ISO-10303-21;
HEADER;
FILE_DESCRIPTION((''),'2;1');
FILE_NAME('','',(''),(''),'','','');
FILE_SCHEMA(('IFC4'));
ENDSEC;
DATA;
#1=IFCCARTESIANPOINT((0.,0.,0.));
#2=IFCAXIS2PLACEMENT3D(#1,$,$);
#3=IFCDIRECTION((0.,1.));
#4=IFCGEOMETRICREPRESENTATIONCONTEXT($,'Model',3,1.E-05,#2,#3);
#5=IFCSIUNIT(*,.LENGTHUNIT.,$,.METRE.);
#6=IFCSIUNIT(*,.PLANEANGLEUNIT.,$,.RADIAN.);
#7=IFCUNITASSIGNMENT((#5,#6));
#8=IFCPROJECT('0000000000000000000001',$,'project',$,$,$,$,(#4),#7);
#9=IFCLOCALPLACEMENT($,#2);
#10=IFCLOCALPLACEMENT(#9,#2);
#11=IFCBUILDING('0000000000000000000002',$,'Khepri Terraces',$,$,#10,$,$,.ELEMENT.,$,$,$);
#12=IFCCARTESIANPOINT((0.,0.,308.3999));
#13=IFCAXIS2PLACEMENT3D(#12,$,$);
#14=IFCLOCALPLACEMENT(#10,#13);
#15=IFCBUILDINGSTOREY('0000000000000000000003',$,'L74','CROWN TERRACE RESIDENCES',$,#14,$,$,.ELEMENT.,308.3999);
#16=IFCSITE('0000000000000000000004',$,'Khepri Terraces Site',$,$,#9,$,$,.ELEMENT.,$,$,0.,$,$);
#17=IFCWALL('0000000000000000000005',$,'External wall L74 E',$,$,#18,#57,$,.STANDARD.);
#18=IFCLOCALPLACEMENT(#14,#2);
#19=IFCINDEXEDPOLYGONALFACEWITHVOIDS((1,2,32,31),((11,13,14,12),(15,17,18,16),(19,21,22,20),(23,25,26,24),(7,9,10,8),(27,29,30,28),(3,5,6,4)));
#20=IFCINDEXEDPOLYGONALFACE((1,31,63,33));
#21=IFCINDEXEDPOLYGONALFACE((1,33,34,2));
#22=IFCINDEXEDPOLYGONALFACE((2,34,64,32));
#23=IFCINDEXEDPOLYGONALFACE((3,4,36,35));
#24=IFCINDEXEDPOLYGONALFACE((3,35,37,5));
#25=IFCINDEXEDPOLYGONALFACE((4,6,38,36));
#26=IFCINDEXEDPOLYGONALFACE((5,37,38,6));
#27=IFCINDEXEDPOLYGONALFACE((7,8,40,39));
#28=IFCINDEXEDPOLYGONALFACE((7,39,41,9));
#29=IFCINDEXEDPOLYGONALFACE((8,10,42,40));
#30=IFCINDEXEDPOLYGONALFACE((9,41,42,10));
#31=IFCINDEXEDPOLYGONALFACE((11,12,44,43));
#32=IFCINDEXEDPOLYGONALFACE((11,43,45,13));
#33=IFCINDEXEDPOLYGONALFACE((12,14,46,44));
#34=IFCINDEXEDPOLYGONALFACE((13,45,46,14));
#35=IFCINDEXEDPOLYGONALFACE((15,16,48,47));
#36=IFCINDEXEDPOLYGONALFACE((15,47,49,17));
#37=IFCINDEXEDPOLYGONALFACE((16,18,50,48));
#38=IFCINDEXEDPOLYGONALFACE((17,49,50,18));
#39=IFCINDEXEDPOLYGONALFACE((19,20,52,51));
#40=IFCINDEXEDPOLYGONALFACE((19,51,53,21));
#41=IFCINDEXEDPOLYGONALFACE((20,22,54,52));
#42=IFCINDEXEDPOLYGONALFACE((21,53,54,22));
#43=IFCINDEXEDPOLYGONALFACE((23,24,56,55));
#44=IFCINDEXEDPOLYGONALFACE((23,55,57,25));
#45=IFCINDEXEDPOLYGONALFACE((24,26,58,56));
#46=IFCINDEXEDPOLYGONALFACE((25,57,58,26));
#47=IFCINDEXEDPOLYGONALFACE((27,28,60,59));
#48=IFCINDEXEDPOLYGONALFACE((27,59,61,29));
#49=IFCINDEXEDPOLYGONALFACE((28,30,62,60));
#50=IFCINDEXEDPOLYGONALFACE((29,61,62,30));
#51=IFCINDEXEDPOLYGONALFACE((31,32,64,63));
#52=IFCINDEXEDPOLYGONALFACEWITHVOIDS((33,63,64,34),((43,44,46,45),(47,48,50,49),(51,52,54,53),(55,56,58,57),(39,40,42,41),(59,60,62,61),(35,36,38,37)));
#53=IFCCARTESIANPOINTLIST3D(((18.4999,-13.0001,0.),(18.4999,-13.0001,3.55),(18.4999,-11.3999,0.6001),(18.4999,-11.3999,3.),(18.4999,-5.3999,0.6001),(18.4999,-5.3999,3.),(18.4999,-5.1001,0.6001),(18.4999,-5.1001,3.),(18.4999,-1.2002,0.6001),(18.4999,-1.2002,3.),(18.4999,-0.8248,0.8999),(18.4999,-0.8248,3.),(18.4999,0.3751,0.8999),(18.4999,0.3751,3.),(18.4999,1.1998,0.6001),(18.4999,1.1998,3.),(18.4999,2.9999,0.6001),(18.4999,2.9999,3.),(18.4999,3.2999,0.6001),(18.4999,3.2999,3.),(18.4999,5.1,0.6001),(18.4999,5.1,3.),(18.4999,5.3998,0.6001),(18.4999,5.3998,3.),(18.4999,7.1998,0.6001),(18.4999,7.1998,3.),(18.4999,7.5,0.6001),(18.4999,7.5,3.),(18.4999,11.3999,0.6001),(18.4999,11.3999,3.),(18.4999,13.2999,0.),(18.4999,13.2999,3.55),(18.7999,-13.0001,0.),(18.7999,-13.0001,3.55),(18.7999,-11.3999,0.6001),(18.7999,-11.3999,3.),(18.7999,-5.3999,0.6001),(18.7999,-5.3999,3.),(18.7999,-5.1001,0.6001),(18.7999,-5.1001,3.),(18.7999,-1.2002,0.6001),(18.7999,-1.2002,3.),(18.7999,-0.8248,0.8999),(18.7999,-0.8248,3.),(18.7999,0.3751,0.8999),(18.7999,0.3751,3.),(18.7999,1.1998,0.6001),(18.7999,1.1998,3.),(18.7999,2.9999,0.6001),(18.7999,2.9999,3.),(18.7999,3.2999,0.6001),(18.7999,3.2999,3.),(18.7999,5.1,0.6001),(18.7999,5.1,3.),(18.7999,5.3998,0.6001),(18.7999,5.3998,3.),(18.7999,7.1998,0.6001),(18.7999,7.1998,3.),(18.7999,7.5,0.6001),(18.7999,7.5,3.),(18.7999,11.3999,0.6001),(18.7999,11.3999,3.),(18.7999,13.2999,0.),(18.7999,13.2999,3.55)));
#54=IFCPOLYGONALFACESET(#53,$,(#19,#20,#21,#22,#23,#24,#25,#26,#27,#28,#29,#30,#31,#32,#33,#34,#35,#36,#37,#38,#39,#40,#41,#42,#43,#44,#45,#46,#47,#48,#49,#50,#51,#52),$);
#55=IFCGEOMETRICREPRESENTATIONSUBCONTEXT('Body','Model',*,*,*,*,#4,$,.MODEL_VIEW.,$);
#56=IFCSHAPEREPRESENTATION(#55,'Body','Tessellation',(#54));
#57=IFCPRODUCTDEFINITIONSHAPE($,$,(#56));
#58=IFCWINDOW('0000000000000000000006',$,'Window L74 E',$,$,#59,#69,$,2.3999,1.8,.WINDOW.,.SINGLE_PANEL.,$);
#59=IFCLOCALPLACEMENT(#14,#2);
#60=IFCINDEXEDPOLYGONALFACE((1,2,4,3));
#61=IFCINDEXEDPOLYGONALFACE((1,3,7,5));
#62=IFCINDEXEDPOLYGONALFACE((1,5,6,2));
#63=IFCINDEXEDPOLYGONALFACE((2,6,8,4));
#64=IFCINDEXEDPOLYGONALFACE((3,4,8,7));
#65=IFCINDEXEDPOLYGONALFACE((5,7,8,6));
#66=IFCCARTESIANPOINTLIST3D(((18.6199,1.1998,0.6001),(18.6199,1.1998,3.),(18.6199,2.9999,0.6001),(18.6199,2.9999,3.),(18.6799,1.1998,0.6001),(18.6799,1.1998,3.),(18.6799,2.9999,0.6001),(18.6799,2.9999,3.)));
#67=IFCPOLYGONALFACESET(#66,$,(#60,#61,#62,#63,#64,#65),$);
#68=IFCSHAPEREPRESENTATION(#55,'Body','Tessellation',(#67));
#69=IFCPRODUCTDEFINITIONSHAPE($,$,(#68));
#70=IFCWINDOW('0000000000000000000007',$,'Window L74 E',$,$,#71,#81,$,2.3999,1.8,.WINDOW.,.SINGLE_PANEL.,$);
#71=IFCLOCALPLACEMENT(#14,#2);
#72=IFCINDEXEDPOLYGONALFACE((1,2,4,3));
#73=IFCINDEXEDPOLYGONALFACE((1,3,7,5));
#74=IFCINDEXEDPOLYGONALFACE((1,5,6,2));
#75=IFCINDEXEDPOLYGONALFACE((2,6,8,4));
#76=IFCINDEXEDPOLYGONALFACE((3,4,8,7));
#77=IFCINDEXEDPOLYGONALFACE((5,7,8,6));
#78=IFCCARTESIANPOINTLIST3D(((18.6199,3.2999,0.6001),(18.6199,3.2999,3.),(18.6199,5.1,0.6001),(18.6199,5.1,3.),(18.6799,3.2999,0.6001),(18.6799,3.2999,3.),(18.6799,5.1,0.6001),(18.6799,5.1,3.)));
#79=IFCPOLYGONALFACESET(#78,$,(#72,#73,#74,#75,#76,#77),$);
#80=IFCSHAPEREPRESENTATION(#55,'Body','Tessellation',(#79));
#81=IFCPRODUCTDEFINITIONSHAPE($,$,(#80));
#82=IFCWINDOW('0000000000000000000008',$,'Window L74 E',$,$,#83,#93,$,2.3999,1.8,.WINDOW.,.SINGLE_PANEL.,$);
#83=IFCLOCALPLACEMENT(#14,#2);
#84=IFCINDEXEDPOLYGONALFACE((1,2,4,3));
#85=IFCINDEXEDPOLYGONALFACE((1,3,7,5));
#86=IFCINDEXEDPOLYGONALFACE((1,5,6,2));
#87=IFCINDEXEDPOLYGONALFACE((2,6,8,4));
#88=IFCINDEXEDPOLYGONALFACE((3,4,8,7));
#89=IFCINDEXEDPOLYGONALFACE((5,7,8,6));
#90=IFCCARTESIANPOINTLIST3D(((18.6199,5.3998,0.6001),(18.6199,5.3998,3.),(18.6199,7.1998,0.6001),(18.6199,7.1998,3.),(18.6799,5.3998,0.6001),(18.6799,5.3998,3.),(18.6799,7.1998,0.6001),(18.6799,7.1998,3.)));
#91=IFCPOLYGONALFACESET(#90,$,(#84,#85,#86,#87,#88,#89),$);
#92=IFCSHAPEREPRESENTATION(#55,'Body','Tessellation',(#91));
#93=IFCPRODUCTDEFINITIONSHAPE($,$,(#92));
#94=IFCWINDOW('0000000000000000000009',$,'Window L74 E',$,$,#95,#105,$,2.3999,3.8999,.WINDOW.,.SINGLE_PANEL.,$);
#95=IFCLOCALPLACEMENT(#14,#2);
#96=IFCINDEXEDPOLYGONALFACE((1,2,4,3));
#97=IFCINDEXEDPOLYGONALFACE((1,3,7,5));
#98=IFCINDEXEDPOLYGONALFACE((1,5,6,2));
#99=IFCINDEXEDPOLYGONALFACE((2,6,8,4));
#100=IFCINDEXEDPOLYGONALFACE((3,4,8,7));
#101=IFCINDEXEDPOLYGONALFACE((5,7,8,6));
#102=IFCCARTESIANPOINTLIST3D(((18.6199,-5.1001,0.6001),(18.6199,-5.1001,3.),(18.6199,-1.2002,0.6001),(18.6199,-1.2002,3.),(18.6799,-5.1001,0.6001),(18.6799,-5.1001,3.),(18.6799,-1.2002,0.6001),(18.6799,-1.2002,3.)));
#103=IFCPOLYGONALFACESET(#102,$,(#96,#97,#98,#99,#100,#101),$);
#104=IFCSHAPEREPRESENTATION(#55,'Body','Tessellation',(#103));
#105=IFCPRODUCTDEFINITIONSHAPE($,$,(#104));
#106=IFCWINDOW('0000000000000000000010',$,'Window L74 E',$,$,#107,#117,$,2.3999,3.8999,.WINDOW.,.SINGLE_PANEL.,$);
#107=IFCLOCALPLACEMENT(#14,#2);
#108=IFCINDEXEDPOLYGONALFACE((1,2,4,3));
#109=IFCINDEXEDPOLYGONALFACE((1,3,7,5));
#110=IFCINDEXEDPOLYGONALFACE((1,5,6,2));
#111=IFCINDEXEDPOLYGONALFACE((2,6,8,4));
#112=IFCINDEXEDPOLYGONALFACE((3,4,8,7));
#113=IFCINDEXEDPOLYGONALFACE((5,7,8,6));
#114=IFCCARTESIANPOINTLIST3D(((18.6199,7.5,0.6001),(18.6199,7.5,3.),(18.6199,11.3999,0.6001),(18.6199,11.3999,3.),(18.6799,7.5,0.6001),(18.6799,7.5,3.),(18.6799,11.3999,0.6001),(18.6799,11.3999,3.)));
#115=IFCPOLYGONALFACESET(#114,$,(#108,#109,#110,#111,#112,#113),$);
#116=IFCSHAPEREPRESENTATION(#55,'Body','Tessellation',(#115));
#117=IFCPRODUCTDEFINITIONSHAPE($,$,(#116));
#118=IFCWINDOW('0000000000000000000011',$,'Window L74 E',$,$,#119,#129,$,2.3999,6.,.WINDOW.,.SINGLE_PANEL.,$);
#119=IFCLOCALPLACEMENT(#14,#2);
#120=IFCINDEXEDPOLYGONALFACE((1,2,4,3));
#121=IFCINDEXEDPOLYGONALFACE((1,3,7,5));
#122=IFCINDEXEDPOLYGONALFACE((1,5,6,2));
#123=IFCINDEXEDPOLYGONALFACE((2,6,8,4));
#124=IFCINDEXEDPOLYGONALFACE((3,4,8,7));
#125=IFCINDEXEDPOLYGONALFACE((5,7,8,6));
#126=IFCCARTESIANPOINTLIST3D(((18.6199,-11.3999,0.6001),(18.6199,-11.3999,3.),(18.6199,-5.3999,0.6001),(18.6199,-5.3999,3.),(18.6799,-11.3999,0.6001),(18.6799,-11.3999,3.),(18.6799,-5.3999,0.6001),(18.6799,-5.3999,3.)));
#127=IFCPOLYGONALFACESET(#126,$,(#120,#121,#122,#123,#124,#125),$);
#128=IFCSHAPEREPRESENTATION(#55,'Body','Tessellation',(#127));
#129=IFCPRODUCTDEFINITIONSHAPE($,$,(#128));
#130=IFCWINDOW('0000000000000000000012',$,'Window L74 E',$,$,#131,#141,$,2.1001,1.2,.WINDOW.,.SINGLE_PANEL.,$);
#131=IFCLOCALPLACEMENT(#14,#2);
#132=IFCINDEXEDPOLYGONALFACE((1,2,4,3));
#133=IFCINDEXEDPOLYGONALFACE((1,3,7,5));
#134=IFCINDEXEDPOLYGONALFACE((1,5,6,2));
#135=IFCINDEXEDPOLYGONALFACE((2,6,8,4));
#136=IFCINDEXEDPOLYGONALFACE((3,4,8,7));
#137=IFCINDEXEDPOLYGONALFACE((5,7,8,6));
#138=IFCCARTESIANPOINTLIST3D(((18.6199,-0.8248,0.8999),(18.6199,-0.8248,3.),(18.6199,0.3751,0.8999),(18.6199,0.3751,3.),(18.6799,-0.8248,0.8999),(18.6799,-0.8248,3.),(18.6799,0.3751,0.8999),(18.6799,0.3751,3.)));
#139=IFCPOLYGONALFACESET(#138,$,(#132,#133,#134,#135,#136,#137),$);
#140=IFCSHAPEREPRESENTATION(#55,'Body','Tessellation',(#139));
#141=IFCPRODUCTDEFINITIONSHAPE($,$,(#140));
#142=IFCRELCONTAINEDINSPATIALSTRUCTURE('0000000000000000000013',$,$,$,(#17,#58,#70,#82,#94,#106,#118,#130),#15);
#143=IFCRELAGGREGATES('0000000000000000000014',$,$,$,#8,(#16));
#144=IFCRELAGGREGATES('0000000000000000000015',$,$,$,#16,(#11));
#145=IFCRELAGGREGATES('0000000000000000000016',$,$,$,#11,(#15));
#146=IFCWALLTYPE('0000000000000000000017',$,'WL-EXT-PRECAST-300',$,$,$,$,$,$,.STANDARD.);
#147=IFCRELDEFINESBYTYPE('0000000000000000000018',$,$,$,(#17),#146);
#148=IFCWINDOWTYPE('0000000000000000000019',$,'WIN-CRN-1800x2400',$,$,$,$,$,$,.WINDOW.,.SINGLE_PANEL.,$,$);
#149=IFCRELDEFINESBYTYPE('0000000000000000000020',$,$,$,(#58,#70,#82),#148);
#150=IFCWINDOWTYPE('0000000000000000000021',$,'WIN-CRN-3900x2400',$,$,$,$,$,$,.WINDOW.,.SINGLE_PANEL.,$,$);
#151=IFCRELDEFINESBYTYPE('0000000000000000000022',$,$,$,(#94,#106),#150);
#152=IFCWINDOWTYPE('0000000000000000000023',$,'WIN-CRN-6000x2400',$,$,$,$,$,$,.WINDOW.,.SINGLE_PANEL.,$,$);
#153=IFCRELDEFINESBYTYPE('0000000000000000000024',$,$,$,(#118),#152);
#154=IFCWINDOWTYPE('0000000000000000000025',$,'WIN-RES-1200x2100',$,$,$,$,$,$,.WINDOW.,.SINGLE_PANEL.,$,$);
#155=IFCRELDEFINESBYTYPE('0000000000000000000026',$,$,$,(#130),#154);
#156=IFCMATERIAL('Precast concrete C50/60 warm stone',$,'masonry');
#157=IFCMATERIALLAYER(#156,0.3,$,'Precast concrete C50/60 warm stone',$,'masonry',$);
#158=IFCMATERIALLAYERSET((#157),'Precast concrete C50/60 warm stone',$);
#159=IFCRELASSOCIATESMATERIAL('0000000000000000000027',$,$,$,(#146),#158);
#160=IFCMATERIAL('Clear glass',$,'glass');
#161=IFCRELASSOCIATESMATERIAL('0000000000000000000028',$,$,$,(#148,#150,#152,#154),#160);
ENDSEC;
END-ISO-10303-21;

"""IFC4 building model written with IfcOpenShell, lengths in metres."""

from ifc_helpers import new_model, si_unit, direction, frame, frame_2d, origin, place, context, subcontext, project, spatial, rectangle, extrude, material, layer, layer_set, type_object, element, fill, save


model = new_model("IFC4")

# Units and contexts
model_context = context("Model", 3, precision=1e-05, world=origin(), true_north=direction((0.0, 1.0)))
body_context = subcontext(model_context, "Body", "Model", "MODEL_VIEW")
ifc_project = project(units=[si_unit("LENGTHUNIT", "METRE"), si_unit("PLANEANGLEUNIT", "RADIAN")], contexts=[model_context])

# Site, building, storey
site_placement = place(None, origin())
site = spatial("IfcSite", under=ifc_project, at=site_placement, Name="Khepri Terraces Site", CompositionType="ELEMENT", RefElevation=0.0)
building_placement = place(site_placement, origin())
building = spatial("IfcBuilding", under=site, at=building_placement, Name="Khepri Terraces", CompositionType="ELEMENT")
storey_placement = place(building_placement, frame((0.0, 0.0, 308.3999)))
storey = spatial("IfcBuildingStorey", under=building, at=storey_placement, Name="L74", Description="CROWN TERRACE RESIDENCES", CompositionType="ELEMENT", Elevation=308.3999)

# Wall, openings, windows
ifc_material_1 = material(Name="Precast concrete C50/60 warm stone", Category="masonry")
ifc_layer_1 = layer(ifc_material_1, 0.3, Name="Precast concrete C50/60 warm stone", Category="masonry")
ifc_layer_set_1 = layer_set([ifc_layer_1], Name="Precast concrete C50/60 warm stone")
wall_type_1 = type_object("IfcWallType", Name="WL-EXT-PRECAST-300", PredefinedType="STANDARD", material=ifc_layer_set_1)
wall_1_placement = place(storey_placement, frame((18.6499, -13.0, 0.0), z_axis=(0.0, 0.0, 1.0), x_axis=(0.0, 1.0, 0.0)))
wall_1 = element("IfcWall", 1, at=wall_1_placement, inside=storey, type_object=wall_type_1, Name="External wall L74 E", PredefinedType="STANDARD", context=body_context, shape_type="SweptSolid", body=[
    extrude(rectangle(XDim=26.3, YDim=0.3, at=frame_2d((13.1499, 0.0))), origin(), (0.0, 0.0, 1.0), 3.55),
])
opening_1_placement = place(wall_1_placement, frame((1.6001, 0.0, 0.6001)))
opening_1 = element("IfcOpeningElement", 2, at=opening_1_placement, cuts=wall_1, PredefinedType="OPENING", context=body_context, shape_type="SweptSolid", body=[
    extrude(rectangle(XDim=6.0, YDim=2.3999, at=frame_2d((3.0, 1.2))), frame((0.0, 0.1602, 0.0), z_axis=(0.0, -1.0, 0.0), x_axis=(1.0, 0.0, 0.0)), (0.0, 0.0, 1.0), 0.3201),
])
opening_2_placement = place(wall_1_placement, frame((7.8999, 0.0, 0.6001)))
opening_2 = element("IfcOpeningElement", 3, at=opening_2_placement, cuts=wall_1, PredefinedType="OPENING", context=body_context, shape_type="SweptSolid", body=[
    extrude(rectangle(XDim=3.8999, YDim=2.3999, at=frame_2d((1.95, 1.2))), frame((0.0, 0.1602, 0.0), z_axis=(0.0, -1.0, 0.0), x_axis=(1.0, 0.0, 0.0)), (0.0, 0.0, 1.0), 0.3201),
])
opening_3_placement = place(wall_1_placement, frame((14.2, 0.0, 0.6001)))
opening_3 = element("IfcOpeningElement", 4, at=opening_3_placement, cuts=wall_1, PredefinedType="OPENING", context=body_context, shape_type="SweptSolid", body=[
    extrude(rectangle(XDim=1.8, YDim=2.3999, at=frame_2d((0.8999, 1.2))), frame((0.0, 0.1602, 0.0), z_axis=(0.0, -1.0, 0.0), x_axis=(1.0, 0.0, 0.0)), (0.0, 0.0, 1.0), 0.3201),
])
opening_4_placement = place(wall_1_placement, frame((16.3, 0.0, 0.6001)))
opening_4 = element("IfcOpeningElement", 5, at=opening_4_placement, cuts=wall_1, PredefinedType="OPENING", context=body_context, shape_type="SweptSolid", body=[
    extrude(rectangle(XDim=1.8, YDim=2.3999, at=frame_2d((0.8999, 1.2))), frame((0.0, 0.1602, 0.0), z_axis=(0.0, -1.0, 0.0), x_axis=(1.0, 0.0, 0.0)), (0.0, 0.0, 1.0), 0.3201),
])
opening_5_placement = place(wall_1_placement, frame((18.3999, 0.0, 0.6001)))
opening_5 = element("IfcOpeningElement", 6, at=opening_5_placement, cuts=wall_1, PredefinedType="OPENING", context=body_context, shape_type="SweptSolid", body=[
    extrude(rectangle(XDim=1.8, YDim=2.3999, at=frame_2d((0.8999, 1.2))), frame((0.0, 0.1602, 0.0), z_axis=(0.0, -1.0, 0.0), x_axis=(1.0, 0.0, 0.0)), (0.0, 0.0, 1.0), 0.3201),
])
opening_6_placement = place(wall_1_placement, frame((20.5, 0.0, 0.6001)))
opening_6 = element("IfcOpeningElement", 7, at=opening_6_placement, cuts=wall_1, PredefinedType="OPENING", context=body_context, shape_type="SweptSolid", body=[
    extrude(rectangle(XDim=3.8999, YDim=2.3999, at=frame_2d((1.95, 1.2))), frame((0.0, 0.1602, 0.0), z_axis=(0.0, -1.0, 0.0), x_axis=(1.0, 0.0, 0.0)), (0.0, 0.0, 1.0), 0.3201),
])
opening_7_placement = place(wall_1_placement, frame((12.175, 0.0, 0.8999)))
opening_7 = element("IfcOpeningElement", 8, at=opening_7_placement, cuts=wall_1, PredefinedType="OPENING", context=body_context, shape_type="SweptSolid", body=[
    extrude(rectangle(XDim=1.2, YDim=2.1001, at=frame_2d((0.6001, 1.05))), frame((0.0, 0.1602, 0.0), z_axis=(0.0, -1.0, 0.0), x_axis=(1.0, 0.0, 0.0)), (0.0, 0.0, 1.0), 0.3201),
])
ifc_material_2 = material(Name="Clear glass", Category="glass")
window_type_1 = type_object("IfcWindowType", Name="WIN-CRN-1800x2400", PartitioningType="SINGLE_PANEL", PredefinedType="WINDOW", material=ifc_material_2)
window_1_placement = place(opening_3_placement, origin())
window_1 = element("IfcWindow", 9, at=window_1_placement, inside=storey, type_object=window_type_1, Name="Window L74 E", OverallHeight=2.3999, OverallWidth=1.8, PartitioningType="SINGLE_PANEL", PredefinedType="WINDOW", context=body_context, shape_type="SweptSolid", body=[
    extrude(rectangle(XDim=1.8, YDim=2.3999, at=frame_2d((0.8999, 1.2))), frame((0.0, 0.03, 0.0), z_axis=(0.0, -1.0, 0.0), x_axis=(1.0, 0.0, 0.0)), (0.0, 0.0, 1.0), 0.0601),
])
fill(opening_3, window_1)
window_2_placement = place(opening_4_placement, origin())
window_2 = element("IfcWindow", 10, at=window_2_placement, inside=storey, type_object=window_type_1, Name="Window L74 E", OverallHeight=2.3999, OverallWidth=1.8, PartitioningType="SINGLE_PANEL", PredefinedType="WINDOW", context=body_context, shape_type="SweptSolid", body=[
    extrude(rectangle(XDim=1.8, YDim=2.3999, at=frame_2d((0.8999, 1.2))), frame((0.0, 0.03, 0.0), z_axis=(0.0, -1.0, 0.0), x_axis=(1.0, 0.0, 0.0)), (0.0, 0.0, 1.0), 0.0601),
])
fill(opening_4, window_2)
window_3_placement = place(opening_5_placement, origin())
window_3 = element("IfcWindow", 11, at=window_3_placement, inside=storey, type_object=window_type_1, Name="Window L74 E", OverallHeight=2.3999, OverallWidth=1.8, PartitioningType="SINGLE_PANEL", PredefinedType="WINDOW", context=body_context, shape_type="SweptSolid", body=[
    extrude(rectangle(XDim=1.8, YDim=2.3999, at=frame_2d((0.8999, 1.2))), frame((0.0, 0.03, 0.0), z_axis=(0.0, -1.0, 0.0), x_axis=(1.0, 0.0, 0.0)), (0.0, 0.0, 1.0), 0.0601),
])
fill(opening_5, window_3)
window_type_2 = type_object("IfcWindowType", Name="WIN-CRN-3900x2400", PartitioningType="SINGLE_PANEL", PredefinedType="WINDOW", material=ifc_material_2)
window_4_placement = place(opening_2_placement, origin())
window_4 = element("IfcWindow", 12, at=window_4_placement, inside=storey, type_object=window_type_2, Name="Window L74 E", OverallHeight=2.3999, OverallWidth=3.8999, PartitioningType="SINGLE_PANEL", PredefinedType="WINDOW", context=body_context, shape_type="SweptSolid", body=[
    extrude(rectangle(XDim=3.8999, YDim=2.3999, at=frame_2d((1.95, 1.2))), frame((0.0, 0.03, 0.0), z_axis=(0.0, -1.0, 0.0), x_axis=(1.0, 0.0, 0.0)), (0.0, 0.0, 1.0), 0.0601),
])
fill(opening_2, window_4)
window_5_placement = place(opening_6_placement, origin())
window_5 = element("IfcWindow", 13, at=window_5_placement, inside=storey, type_object=window_type_2, Name="Window L74 E", OverallHeight=2.3999, OverallWidth=3.8999, PartitioningType="SINGLE_PANEL", PredefinedType="WINDOW", context=body_context, shape_type="SweptSolid", body=[
    extrude(rectangle(XDim=3.8999, YDim=2.3999, at=frame_2d((1.95, 1.2))), frame((0.0, 0.03, 0.0), z_axis=(0.0, -1.0, 0.0), x_axis=(1.0, 0.0, 0.0)), (0.0, 0.0, 1.0), 0.0601),
])
fill(opening_6, window_5)
window_type_3 = type_object("IfcWindowType", Name="WIN-CRN-6000x2400", PartitioningType="SINGLE_PANEL", PredefinedType="WINDOW", material=ifc_material_2)
window_6_placement = place(opening_1_placement, origin())
window_6 = element("IfcWindow", 14, at=window_6_placement, inside=storey, type_object=window_type_3, Name="Window L74 E", OverallHeight=2.3999, OverallWidth=6.0, PartitioningType="SINGLE_PANEL", PredefinedType="WINDOW", context=body_context, shape_type="SweptSolid", body=[
    extrude(rectangle(XDim=6.0, YDim=2.3999, at=frame_2d((3.0, 1.2))), frame((0.0, 0.03, 0.0), z_axis=(0.0, -1.0, 0.0), x_axis=(1.0, 0.0, 0.0)), (0.0, 0.0, 1.0), 0.0601),
])
fill(opening_1, window_6)
window_type_4 = type_object("IfcWindowType", Name="WIN-RES-1200x2100", PartitioningType="SINGLE_PANEL", PredefinedType="WINDOW", material=ifc_material_2)
window_7_placement = place(opening_7_placement, origin())
window_7 = element("IfcWindow", 15, at=window_7_placement, inside=storey, type_object=window_type_4, Name="Window L74 E", OverallHeight=2.1001, OverallWidth=1.2, PartitioningType="SINGLE_PANEL", PredefinedType="WINDOW", context=body_context, shape_type="SweptSolid", body=[
    extrude(rectangle(XDim=1.2, YDim=2.1001, at=frame_2d((0.6001, 1.05))), frame((0.0, 0.03, 0.0), z_axis=(0.0, -1.0, 0.0), x_axis=(1.0, 0.0, 0.0)), (0.0, 0.0, 1.0), 0.0601),
])
fill(opening_7, window_7)

save(model, "model.ifc")
